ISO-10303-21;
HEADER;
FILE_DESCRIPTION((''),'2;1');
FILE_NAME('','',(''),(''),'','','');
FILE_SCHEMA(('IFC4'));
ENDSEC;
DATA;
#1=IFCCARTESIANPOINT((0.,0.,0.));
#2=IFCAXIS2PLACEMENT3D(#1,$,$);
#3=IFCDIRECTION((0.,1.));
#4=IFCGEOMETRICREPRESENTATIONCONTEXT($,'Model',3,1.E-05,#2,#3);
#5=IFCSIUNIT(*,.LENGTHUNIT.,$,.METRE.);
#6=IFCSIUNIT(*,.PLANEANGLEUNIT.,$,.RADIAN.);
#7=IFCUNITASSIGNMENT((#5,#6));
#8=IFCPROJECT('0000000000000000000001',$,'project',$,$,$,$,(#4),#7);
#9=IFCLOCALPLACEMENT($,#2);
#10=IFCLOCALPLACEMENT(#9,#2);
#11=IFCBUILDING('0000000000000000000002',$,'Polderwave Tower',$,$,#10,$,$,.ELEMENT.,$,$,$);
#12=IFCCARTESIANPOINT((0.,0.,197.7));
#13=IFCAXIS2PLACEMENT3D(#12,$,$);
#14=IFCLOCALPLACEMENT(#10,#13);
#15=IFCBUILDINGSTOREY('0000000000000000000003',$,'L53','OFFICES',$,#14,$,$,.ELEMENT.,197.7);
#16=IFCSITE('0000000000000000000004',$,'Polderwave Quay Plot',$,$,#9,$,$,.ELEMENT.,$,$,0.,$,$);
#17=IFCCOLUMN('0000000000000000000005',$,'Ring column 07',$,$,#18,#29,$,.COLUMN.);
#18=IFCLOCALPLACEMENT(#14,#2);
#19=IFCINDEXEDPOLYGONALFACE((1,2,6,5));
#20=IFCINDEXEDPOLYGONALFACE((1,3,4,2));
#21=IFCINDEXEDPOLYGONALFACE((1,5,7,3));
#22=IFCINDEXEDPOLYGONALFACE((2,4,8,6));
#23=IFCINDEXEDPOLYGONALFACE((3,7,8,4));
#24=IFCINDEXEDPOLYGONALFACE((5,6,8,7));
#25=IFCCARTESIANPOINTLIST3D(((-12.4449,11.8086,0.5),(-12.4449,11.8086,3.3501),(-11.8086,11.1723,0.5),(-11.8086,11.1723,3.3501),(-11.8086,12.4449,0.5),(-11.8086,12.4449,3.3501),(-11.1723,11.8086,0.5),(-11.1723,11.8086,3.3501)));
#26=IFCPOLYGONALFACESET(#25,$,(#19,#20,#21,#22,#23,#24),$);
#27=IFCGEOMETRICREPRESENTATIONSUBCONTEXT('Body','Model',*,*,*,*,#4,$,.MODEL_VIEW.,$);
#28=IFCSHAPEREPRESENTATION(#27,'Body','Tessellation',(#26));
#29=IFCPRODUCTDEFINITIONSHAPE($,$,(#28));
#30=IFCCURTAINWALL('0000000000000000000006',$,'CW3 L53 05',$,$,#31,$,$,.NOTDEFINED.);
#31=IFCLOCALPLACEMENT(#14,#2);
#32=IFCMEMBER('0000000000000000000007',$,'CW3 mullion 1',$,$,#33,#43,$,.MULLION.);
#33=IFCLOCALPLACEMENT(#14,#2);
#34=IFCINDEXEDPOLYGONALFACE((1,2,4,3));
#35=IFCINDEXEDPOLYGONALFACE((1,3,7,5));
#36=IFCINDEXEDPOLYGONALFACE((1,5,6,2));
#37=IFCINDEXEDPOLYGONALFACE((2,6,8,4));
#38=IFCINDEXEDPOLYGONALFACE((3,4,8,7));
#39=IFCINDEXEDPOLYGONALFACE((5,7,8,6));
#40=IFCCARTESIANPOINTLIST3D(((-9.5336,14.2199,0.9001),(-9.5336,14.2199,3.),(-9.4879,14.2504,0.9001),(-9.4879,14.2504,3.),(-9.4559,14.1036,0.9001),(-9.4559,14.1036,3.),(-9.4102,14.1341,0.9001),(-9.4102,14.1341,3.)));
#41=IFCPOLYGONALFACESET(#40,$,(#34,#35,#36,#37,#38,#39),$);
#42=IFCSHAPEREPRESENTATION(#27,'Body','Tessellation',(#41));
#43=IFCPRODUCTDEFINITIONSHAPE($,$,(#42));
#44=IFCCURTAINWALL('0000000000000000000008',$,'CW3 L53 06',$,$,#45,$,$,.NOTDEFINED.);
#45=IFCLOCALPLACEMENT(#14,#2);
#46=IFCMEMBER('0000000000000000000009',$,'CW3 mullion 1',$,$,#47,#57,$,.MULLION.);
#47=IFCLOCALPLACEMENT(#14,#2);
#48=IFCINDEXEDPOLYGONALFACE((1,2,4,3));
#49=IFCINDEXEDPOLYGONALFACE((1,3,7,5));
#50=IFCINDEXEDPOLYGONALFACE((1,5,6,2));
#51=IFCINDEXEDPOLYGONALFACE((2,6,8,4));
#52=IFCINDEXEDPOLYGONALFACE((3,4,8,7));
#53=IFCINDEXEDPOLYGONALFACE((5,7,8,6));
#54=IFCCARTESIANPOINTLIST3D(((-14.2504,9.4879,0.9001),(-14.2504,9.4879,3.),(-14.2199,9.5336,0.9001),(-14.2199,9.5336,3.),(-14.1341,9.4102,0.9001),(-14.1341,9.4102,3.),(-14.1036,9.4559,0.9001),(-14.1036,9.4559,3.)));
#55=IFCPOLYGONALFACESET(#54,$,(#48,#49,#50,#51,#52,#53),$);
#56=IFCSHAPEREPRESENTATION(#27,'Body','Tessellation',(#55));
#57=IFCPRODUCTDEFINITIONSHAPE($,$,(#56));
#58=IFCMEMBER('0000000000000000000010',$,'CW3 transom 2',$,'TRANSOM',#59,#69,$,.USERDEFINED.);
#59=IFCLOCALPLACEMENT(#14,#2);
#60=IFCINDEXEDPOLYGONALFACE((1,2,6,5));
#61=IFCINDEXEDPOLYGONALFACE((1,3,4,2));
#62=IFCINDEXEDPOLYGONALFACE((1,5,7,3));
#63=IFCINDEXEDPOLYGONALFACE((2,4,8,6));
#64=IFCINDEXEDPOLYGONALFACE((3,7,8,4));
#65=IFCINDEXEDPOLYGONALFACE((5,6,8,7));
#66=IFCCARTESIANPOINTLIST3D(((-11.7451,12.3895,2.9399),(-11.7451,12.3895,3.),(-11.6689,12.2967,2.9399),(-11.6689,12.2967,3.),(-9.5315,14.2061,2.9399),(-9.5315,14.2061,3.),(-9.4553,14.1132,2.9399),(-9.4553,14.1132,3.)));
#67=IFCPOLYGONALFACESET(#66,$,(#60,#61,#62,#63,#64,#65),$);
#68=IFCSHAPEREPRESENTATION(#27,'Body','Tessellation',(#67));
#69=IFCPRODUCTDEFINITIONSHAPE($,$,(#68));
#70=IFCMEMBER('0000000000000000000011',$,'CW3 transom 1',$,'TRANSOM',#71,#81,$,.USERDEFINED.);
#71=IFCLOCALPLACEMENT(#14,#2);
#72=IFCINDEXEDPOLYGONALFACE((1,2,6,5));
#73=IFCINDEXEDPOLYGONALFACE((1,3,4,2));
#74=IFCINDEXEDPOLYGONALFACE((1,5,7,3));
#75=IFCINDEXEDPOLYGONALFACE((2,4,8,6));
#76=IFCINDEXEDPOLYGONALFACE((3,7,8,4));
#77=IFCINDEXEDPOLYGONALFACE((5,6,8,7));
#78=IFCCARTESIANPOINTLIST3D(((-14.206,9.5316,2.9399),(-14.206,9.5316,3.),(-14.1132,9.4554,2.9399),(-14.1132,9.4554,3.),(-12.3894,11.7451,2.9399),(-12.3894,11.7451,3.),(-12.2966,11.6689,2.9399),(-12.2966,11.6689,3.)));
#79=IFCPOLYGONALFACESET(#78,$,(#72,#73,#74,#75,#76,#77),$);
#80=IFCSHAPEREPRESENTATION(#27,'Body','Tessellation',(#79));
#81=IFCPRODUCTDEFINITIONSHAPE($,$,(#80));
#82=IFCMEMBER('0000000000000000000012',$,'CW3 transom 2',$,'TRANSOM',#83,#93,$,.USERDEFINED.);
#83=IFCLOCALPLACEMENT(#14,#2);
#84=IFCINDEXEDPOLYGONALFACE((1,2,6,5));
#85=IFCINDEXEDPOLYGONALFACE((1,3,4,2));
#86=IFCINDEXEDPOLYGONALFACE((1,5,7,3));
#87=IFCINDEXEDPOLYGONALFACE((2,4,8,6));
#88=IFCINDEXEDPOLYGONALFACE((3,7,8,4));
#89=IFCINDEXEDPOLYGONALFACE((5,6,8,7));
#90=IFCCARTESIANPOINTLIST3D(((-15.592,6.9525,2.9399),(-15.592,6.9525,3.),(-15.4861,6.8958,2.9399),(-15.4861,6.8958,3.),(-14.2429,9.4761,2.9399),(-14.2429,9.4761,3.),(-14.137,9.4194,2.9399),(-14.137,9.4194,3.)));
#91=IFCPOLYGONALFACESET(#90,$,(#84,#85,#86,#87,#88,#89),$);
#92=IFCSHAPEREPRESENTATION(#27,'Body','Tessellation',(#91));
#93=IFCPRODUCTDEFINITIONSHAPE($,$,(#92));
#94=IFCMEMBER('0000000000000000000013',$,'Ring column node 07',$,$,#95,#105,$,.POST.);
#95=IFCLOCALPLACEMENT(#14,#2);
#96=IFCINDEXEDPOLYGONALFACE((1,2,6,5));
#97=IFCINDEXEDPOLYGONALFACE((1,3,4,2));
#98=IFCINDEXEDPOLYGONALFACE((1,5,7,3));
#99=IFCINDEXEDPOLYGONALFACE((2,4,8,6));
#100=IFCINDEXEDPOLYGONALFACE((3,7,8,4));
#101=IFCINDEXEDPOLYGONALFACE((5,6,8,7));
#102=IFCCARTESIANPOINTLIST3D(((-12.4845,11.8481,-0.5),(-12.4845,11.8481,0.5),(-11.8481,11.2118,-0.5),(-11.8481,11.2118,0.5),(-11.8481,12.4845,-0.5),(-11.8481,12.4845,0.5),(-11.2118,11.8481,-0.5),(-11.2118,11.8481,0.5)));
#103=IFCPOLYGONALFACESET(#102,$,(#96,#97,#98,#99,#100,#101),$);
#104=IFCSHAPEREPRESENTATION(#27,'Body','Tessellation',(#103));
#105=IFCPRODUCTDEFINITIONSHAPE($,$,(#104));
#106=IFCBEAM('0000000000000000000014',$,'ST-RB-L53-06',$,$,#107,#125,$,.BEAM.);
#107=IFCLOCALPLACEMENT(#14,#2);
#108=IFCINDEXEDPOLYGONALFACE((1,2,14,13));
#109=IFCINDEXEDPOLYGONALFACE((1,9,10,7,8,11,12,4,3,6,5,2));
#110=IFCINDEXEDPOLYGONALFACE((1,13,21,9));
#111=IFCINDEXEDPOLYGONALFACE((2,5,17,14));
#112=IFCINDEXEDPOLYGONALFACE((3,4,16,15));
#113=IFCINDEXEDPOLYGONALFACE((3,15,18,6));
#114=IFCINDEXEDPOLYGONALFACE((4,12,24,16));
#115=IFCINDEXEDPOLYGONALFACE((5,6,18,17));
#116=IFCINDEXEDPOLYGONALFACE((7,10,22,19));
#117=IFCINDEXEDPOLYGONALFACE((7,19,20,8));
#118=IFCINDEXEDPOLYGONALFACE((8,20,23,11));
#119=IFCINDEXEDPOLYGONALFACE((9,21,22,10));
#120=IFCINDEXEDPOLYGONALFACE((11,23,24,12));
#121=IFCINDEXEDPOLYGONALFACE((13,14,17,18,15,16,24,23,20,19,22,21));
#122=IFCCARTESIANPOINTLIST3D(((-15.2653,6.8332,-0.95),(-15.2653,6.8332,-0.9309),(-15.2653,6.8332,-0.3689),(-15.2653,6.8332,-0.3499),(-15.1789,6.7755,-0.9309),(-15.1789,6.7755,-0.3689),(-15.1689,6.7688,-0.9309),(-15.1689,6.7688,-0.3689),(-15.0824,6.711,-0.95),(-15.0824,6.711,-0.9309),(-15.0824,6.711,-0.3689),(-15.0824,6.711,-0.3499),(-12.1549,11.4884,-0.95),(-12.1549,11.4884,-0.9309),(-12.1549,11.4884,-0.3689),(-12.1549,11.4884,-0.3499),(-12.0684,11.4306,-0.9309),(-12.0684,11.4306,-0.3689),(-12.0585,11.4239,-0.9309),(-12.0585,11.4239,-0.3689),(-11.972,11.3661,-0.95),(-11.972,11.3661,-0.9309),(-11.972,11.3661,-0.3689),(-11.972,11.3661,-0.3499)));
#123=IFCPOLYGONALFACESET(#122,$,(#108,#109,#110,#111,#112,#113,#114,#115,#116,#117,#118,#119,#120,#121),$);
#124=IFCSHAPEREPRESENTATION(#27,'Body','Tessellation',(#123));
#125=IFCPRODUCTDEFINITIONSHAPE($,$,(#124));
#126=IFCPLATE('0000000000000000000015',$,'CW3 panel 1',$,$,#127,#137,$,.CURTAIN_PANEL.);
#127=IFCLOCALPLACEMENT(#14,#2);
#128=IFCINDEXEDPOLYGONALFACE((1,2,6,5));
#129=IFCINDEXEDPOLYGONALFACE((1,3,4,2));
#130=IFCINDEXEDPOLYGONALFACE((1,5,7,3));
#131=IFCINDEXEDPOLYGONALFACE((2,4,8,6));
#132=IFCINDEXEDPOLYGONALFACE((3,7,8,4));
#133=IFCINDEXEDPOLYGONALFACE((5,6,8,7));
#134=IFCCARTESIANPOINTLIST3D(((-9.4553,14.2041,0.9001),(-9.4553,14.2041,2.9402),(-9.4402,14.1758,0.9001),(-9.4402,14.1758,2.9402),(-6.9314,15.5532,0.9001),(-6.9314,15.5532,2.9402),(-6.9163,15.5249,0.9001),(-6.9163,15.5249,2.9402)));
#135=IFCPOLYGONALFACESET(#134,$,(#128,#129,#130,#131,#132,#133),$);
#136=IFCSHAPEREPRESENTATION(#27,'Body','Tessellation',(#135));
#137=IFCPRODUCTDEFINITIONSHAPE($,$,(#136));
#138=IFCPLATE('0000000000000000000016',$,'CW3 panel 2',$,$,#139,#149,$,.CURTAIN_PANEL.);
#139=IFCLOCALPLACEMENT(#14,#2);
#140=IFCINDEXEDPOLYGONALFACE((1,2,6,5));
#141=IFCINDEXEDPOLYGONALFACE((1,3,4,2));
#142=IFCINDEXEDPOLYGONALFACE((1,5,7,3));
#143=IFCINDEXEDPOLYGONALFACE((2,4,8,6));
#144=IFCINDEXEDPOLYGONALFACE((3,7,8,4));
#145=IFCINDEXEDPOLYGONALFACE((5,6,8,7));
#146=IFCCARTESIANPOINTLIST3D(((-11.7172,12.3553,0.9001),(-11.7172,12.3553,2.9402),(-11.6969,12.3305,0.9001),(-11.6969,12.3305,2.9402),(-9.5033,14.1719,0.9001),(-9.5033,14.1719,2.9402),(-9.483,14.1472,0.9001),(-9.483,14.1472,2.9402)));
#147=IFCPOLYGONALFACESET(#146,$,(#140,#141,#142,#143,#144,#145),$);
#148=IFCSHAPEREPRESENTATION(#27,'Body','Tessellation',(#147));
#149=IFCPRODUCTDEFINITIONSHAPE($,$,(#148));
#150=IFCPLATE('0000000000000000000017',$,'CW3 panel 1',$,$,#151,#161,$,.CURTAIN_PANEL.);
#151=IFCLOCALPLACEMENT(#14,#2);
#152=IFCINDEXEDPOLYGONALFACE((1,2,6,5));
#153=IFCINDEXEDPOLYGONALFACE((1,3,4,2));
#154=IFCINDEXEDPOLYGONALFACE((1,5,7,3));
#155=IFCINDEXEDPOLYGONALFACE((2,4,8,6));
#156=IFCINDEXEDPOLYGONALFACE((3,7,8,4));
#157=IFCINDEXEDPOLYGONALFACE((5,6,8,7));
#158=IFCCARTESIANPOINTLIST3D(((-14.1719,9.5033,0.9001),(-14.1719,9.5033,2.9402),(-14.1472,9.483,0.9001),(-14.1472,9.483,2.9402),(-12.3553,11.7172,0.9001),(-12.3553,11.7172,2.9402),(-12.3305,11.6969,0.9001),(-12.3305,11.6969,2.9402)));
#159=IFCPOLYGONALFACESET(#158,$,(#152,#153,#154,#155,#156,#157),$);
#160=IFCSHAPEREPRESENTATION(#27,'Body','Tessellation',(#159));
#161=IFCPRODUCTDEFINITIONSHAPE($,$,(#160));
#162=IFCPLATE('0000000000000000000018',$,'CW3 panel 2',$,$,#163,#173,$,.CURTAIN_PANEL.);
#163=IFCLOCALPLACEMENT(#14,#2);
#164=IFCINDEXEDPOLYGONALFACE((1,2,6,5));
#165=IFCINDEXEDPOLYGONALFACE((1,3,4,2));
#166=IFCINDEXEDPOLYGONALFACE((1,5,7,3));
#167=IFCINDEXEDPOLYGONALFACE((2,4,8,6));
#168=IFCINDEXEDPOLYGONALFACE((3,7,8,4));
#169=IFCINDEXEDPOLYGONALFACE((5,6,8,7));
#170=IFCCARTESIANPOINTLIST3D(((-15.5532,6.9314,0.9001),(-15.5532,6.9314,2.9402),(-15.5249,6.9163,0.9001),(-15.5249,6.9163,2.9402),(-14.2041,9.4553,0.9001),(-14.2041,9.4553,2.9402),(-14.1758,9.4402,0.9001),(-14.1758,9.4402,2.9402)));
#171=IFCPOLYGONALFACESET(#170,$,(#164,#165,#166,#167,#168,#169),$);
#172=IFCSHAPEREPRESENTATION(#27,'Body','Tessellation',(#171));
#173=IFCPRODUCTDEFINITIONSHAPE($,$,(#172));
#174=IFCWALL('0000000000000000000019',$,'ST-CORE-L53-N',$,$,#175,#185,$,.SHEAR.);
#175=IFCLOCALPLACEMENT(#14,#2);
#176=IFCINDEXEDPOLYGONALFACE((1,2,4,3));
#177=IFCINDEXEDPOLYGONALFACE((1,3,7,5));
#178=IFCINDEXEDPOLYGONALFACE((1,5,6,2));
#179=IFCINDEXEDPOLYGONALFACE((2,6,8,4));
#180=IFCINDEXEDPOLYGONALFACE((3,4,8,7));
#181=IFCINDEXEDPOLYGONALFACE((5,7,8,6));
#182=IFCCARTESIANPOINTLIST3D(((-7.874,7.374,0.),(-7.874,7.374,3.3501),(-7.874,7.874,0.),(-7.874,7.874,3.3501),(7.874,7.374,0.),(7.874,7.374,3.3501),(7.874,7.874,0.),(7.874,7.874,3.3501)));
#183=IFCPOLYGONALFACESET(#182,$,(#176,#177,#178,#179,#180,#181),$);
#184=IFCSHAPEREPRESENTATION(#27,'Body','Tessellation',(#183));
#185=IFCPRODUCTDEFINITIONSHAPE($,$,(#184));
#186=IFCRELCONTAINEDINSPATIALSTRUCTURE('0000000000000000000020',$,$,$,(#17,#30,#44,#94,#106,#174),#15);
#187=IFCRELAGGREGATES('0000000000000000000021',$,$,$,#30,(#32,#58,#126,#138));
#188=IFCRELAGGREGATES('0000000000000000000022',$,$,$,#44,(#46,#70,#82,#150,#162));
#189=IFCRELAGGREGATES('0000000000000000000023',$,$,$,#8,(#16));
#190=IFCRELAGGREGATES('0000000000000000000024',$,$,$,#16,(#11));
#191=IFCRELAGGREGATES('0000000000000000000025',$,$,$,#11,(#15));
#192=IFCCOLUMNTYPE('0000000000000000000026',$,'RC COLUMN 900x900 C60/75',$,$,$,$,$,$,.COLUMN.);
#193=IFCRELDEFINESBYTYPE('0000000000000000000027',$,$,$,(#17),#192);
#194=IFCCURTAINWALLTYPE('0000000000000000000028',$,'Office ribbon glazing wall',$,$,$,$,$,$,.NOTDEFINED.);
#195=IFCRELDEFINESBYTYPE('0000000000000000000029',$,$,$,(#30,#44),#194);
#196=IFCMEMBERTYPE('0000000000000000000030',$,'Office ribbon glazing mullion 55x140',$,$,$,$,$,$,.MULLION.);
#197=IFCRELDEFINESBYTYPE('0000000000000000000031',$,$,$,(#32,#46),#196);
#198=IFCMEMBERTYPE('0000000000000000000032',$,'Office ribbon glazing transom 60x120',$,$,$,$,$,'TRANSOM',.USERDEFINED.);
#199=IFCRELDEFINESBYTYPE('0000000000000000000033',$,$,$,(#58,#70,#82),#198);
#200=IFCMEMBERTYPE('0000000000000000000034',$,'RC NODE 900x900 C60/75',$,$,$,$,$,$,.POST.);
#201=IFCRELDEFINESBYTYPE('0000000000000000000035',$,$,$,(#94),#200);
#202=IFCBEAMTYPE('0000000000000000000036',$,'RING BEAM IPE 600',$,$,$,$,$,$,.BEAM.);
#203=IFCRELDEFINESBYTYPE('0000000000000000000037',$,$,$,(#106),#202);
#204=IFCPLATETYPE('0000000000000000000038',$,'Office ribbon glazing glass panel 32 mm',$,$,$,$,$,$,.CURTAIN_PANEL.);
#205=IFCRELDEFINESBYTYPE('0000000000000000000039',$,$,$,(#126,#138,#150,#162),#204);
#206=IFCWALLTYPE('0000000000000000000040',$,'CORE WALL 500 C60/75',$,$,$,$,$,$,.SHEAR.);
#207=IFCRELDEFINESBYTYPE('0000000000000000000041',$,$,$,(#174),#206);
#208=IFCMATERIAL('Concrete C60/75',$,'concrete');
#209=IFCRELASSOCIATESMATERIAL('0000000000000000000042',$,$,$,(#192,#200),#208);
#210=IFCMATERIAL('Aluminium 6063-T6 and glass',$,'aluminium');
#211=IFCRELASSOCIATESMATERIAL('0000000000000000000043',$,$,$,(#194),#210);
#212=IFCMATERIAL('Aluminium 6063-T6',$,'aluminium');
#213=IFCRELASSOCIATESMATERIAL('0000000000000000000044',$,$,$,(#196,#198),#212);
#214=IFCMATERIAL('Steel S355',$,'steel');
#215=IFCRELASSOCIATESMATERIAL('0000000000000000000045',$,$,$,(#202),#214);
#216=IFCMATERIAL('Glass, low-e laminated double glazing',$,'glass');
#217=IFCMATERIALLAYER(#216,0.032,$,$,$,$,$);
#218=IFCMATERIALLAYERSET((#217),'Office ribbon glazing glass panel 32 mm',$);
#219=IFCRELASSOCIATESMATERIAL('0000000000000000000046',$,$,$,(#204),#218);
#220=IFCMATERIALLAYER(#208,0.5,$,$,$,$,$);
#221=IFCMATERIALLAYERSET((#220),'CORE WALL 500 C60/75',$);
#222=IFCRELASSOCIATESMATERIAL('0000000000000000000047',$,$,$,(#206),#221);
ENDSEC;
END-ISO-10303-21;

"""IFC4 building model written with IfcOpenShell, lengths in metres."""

from ifc_helpers import new_model, si_unit, direction, frame, frame_2d, origin, origin_2d, place, context, subcontext, project, spatial, rectangle, i_section, extrude, material, layer, layer_set, material_profile, profile_set, type_object, element, aggregate, save


model = new_model("IFC4")

# Units and contexts
model_context = context("Model", 3, precision=1e-05, world=origin(), true_north=direction((0.0, 1.0)))
body_context = subcontext(model_context, "Body", "Model", "MODEL_VIEW")
ifc_project = project(units=[si_unit("LENGTHUNIT", "METRE"), si_unit("PLANEANGLEUNIT", "RADIAN")], contexts=[model_context])

# Site, building, storey
site_placement = place(None, origin())
site = spatial("IfcSite", under=ifc_project, at=site_placement, Name="Polderwave Quay Plot", CompositionType="ELEMENT", RefElevation=0.0)
building_placement = place(site_placement, origin())
building = spatial("IfcBuilding", under=site, at=building_placement, Name="Polderwave Tower", CompositionType="ELEMENT")
storey_placement = place(building_placement, frame((0.0, 0.0, 197.7)))
storey = spatial("IfcBuildingStorey", under=building, at=storey_placement, Name="L53", Description="OFFICES", CompositionType="ELEMENT", Elevation=197.7)

# Column
ifc_material_1 = material(Name="Concrete C60/75", Category="concrete")
ifc_material_profile_1 = material_profile(ifc_material_1, rectangle(XDim=0.8999, YDim=0.8999, at=origin_2d()), Name="RC 900x900")
ifc_profile_set_1 = profile_set([ifc_material_profile_1], Name="Concrete C60/75")
column_type = type_object("IfcColumnType", Name="RC COLUMN 900x900 C60/75", PredefinedType="COLUMN", material=ifc_profile_set_1)
column_placement = place(storey_placement, frame((-11.8086, 11.8086, 0.5), z_axis=(0.0, 0.0, 1.0), x_axis=(-0.707107, 0.707107, 0.0)))
element("IfcColumn", 1, at=column_placement, inside=storey, type_object=column_type, Name="Ring column 07", PredefinedType="COLUMN", context=body_context, shape_type="SweptSolid", body=[
    extrude(rectangle(XDim=0.8999, YDim=0.8999, at=origin_2d()), origin(), (0.0, 0.0, 1.0), 2.8501),
])

# Curtain walls, members
ifc_material_2 = material(Name="Aluminium 6063-T6 and glass", Category="aluminium")
curtain_wall_type = type_object("IfcCurtainWallType", Name="Office ribbon glazing wall", PredefinedType="NOTDEFINED", material=ifc_material_2)
curtain_wall_1_placement = place(storey_placement, origin())
curtain_wall_1 = element("IfcCurtainWall", 2, at=curtain_wall_1_placement, inside=storey, type_object=curtain_wall_type, Name="CW3 L53 05", PredefinedType="NOTDEFINED")
ifc_material_3 = material(Name="Aluminium 6063-T6", Category="aluminium")
ifc_material_profile_2 = material_profile(ifc_material_3, rectangle(XDim=0.1399, YDim=0.0549, at=origin_2d()), Name="AL 55x140")
ifc_profile_set_2 = profile_set([ifc_material_profile_2], Name="Aluminium 6063-T6")
member_type_1 = type_object("IfcMemberType", Name="Office ribbon glazing mullion 55x140", PredefinedType="MULLION", material=ifc_profile_set_2)
member_1_placement = place(storey_placement, frame((-9.4719, 14.177, 0.9001), z_axis=(0.0, 0.0, 1.0), x_axis=(0.555554, -0.83148, 0.0)))
member_1 = element("IfcMember", 3, at=member_1_placement, type_object=member_type_1, Name="CW3 mullion 1", PredefinedType="MULLION", context=body_context, shape_type="SweptSolid", body=[
    extrude(rectangle(XDim=0.1399, YDim=0.0549, at=origin_2d()), origin(), (0.0, 0.0, 1.0), 2.0999),
])
curtain_wall_2_placement = place(storey_placement, origin())
curtain_wall_2 = element("IfcCurtainWall", 4, at=curtain_wall_2_placement, inside=storey, type_object=curtain_wall_type, Name="CW3 L53 06", PredefinedType="NOTDEFINED")
member_2_placement = place(storey_placement, frame((-14.177, 9.4719, 0.9001), z_axis=(0.0, 0.0, 1.0), x_axis=(0.83148, -0.555554, 0.0)))
member_2 = element("IfcMember", 5, at=member_2_placement, type_object=member_type_1, Name="CW3 mullion 1", PredefinedType="MULLION", context=body_context, shape_type="SweptSolid", body=[
    extrude(rectangle(XDim=0.1399, YDim=0.0549, at=origin_2d()), origin(), (0.0, 0.0, 1.0), 2.0999),
])

# Members
ifc_material_profile_3 = material_profile(ifc_material_3, rectangle(XDim=0.1201, YDim=0.0601, at=origin_2d()), Name="AL 60x120")
ifc_profile_set_3 = profile_set([ifc_material_profile_3], Name="Aluminium 6063-T6")
member_type_2 = type_object("IfcMemberType", Name="Office ribbon glazing transom 60x120", ElementType="TRANSOM", PredefinedType="USERDEFINED", material=ifc_profile_set_3)
member_3_placement = place(storey_placement, frame((-9.4934, 14.1597, 2.97), z_axis=(-0.773014, -0.634388, 0.0), x_axis=(0.634388, -0.773014, 0.0)))
member_3 = element("IfcMember", 6, at=member_3_placement, type_object=member_type_2, Name="CW3 transom 2", ObjectType="TRANSOM", PredefinedType="USERDEFINED", context=body_context, shape_type="SweptSolid", body=[
    extrude(rectangle(XDim=0.1201, YDim=0.0601, at=origin_2d()), origin(), (0.0, 0.0, 1.0), 2.8635),
])
member_4_placement = place(storey_placement, frame((-12.343, 11.707, 2.97), z_axis=(-0.634388, -0.773014, 0.0), x_axis=(0.773014, -0.634388, 0.0)))
member_4 = element("IfcMember", 7, at=member_4_placement, type_object=member_type_2, Name="CW3 transom 1", ObjectType="TRANSOM", PredefinedType="USERDEFINED", context=body_context, shape_type="SweptSolid", body=[
    extrude(rectangle(XDim=0.1201, YDim=0.0601, at=origin_2d()), origin(), (0.0, 0.0, 1.0), 2.8635),
])
member_5_placement = place(storey_placement, frame((-14.1899, 9.4478, 2.97), z_axis=(-0.471447, -0.881894, 0.0), x_axis=(0.881894, -0.471447, 0.0)))
member_5 = element("IfcMember", 8, at=member_5_placement, type_object=member_type_2, Name="CW3 transom 2", ObjectType="TRANSOM", PredefinedType="USERDEFINED", context=body_context, shape_type="SweptSolid", body=[
    extrude(rectangle(XDim=0.1201, YDim=0.0601, at=origin_2d()), origin(), (0.0, 0.0, 1.0), 2.8616),
])
ifc_material_profile_4 = material_profile(ifc_material_1, rectangle(XDim=0.8999, YDim=0.8999, at=origin_2d()), Name="RC 900x900")
ifc_profile_set_4 = profile_set([ifc_material_profile_4], Name="Concrete C60/75")
member_type_3 = type_object("IfcMemberType", Name="RC NODE 900x900 C60/75", PredefinedType="POST", material=ifc_profile_set_4)
member_6_placement = place(storey_placement, frame((-11.8481, 11.8481, -0.5), z_axis=(0.0, 0.0, 1.0), x_axis=(-0.707107, 0.707107, 0.0)))
element("IfcMember", 9, at=member_6_placement, inside=storey, type_object=member_type_3, Name="Ring column node 07", PredefinedType="POST", context=body_context, shape_type="SweptSolid", body=[
    extrude(rectangle(XDim=0.8999, YDim=0.8999, at=origin_2d()), origin(), (0.0, 0.0, 1.0), 1.0),
])

# Beam
ifc_material_4 = material(Name="Steel S355", Category="steel")
ifc_material_profile_5 = material_profile(ifc_material_4, i_section(OverallWidth=0.22, OverallDepth=0.6001, WebThickness=0.012, FlangeThickness=0.019, at=origin_2d()), Name="IPE 600")
ifc_profile_set_5 = profile_set([ifc_material_profile_5], Name="Steel S355")
beam_type = type_object("IfcBeamType", Name="RING BEAM IPE 600", PredefinedType="BEAM", material=ifc_profile_set_5)
beam_placement = place(storey_placement, frame((-12.0635, 11.4272, -0.6499), z_axis=(-0.555565, -0.831473, 0.0), x_axis=(0.831473, -0.555565, 0.0)))
element("IfcBeam", 10, at=beam_placement, inside=storey, type_object=beam_type, Name="ST-RB-L53-06", PredefinedType="BEAM", context=body_context, shape_type="SweptSolid", body=[
    extrude(i_section(OverallWidth=0.22, OverallDepth=0.6001, WebThickness=0.012, FlangeThickness=0.019, at=origin_2d()), origin(), (0.0, 0.0, 1.0), 5.5986),
])

# Plates
ifc_material_5 = material(Name="Glass, low-e laminated double glazing", Category="glass")
ifc_layer_1 = layer(ifc_material_5, 0.032)
ifc_layer_set_1 = layer_set([ifc_layer_1], Name="Office ribbon glazing glass panel 32 mm")
plate_type = type_object("IfcPlateType", Name="Office ribbon glazing glass panel 32 mm", PredefinedType="CURTAIN_PANEL", material=ifc_layer_set_1)
plate_1_placement = place(storey_placement, frame((-8.1858, 14.8645, 0.9001), z_axis=(0.0, 0.0, 1.0), x_axis=(-0.881912, -0.471414, 0.0)))
plate_1 = element("IfcPlate", 11, at=plate_1_placement, type_object=plate_type, Name="CW3 panel 1", PredefinedType="CURTAIN_PANEL", context=body_context, shape_type="SweptSolid", body=[
    extrude(rectangle(XDim=2.8618, YDim=0.032, at=origin_2d()), origin(), (0.0, 0.0, 1.0), 2.04),
])
plate_2_placement = place(storey_placement, frame((-10.6001, 13.2512, 0.9001), z_axis=(0.0, 0.0, 1.0), x_axis=(-0.773047, -0.634349, 0.0)))
plate_2 = element("IfcPlate", 12, at=plate_2_placement, type_object=plate_type, Name="CW3 panel 2", PredefinedType="CURTAIN_PANEL", context=body_context, shape_type="SweptSolid", body=[
    extrude(rectangle(XDim=2.8638, YDim=0.032, at=origin_2d()), origin(), (0.0, 0.0, 1.0), 2.04),
])
aggregate(curtain_wall_1, [member_1, member_3, plate_1, plate_2])
plate_3_placement = place(storey_placement, frame((-13.2512, 10.6001, 0.9001), z_axis=(0.0, 0.0, 1.0), x_axis=(-0.634349, -0.773047, 0.0)))
plate_3 = element("IfcPlate", 13, at=plate_3_placement, type_object=plate_type, Name="CW3 panel 1", PredefinedType="CURTAIN_PANEL", context=body_context, shape_type="SweptSolid", body=[
    extrude(rectangle(XDim=2.8638, YDim=0.032, at=origin_2d()), origin(), (0.0, 0.0, 1.0), 2.04),
])
plate_4_placement = place(storey_placement, frame((-14.8645, 8.1858, 0.9001), z_axis=(0.0, 0.0, 1.0), x_axis=(-0.471414, -0.881912, 0.0)))
plate_4 = element("IfcPlate", 14, at=plate_4_placement, type_object=plate_type, Name="CW3 panel 2", PredefinedType="CURTAIN_PANEL", context=body_context, shape_type="SweptSolid", body=[
    extrude(rectangle(XDim=2.8618, YDim=0.032, at=origin_2d()), origin(), (0.0, 0.0, 1.0), 2.04),
])
aggregate(curtain_wall_2, [member_2, member_4, member_5, plate_3, plate_4])

# Wall
ifc_layer_2 = layer(ifc_material_1, 0.5)
ifc_layer_set_2 = layer_set([ifc_layer_2], Name="CORE WALL 500 C60/75")
wall_type_1 = type_object("IfcWallType", Name="CORE WALL 500 C60/75", PredefinedType="SHEAR", material=ifc_layer_set_2)
wall_1_placement = place(storey_placement, frame((-7.874, 7.624, 0.0), z_axis=(0.0, 0.0, 1.0), x_axis=(1.0, 0.0, 0.0)))
element("IfcWall", 15, at=wall_1_placement, inside=storey, type_object=wall_type_1, Name="ST-CORE-L53-N", PredefinedType="SHEAR", context=body_context, shape_type="SweptSolid", body=[
    extrude(rectangle(XDim=15.748, YDim=0.5, at=frame_2d((7.874, 0.0))), origin(), (0.0, 0.0, 1.0), 3.3501),
])

save(model, "model.ifc")
